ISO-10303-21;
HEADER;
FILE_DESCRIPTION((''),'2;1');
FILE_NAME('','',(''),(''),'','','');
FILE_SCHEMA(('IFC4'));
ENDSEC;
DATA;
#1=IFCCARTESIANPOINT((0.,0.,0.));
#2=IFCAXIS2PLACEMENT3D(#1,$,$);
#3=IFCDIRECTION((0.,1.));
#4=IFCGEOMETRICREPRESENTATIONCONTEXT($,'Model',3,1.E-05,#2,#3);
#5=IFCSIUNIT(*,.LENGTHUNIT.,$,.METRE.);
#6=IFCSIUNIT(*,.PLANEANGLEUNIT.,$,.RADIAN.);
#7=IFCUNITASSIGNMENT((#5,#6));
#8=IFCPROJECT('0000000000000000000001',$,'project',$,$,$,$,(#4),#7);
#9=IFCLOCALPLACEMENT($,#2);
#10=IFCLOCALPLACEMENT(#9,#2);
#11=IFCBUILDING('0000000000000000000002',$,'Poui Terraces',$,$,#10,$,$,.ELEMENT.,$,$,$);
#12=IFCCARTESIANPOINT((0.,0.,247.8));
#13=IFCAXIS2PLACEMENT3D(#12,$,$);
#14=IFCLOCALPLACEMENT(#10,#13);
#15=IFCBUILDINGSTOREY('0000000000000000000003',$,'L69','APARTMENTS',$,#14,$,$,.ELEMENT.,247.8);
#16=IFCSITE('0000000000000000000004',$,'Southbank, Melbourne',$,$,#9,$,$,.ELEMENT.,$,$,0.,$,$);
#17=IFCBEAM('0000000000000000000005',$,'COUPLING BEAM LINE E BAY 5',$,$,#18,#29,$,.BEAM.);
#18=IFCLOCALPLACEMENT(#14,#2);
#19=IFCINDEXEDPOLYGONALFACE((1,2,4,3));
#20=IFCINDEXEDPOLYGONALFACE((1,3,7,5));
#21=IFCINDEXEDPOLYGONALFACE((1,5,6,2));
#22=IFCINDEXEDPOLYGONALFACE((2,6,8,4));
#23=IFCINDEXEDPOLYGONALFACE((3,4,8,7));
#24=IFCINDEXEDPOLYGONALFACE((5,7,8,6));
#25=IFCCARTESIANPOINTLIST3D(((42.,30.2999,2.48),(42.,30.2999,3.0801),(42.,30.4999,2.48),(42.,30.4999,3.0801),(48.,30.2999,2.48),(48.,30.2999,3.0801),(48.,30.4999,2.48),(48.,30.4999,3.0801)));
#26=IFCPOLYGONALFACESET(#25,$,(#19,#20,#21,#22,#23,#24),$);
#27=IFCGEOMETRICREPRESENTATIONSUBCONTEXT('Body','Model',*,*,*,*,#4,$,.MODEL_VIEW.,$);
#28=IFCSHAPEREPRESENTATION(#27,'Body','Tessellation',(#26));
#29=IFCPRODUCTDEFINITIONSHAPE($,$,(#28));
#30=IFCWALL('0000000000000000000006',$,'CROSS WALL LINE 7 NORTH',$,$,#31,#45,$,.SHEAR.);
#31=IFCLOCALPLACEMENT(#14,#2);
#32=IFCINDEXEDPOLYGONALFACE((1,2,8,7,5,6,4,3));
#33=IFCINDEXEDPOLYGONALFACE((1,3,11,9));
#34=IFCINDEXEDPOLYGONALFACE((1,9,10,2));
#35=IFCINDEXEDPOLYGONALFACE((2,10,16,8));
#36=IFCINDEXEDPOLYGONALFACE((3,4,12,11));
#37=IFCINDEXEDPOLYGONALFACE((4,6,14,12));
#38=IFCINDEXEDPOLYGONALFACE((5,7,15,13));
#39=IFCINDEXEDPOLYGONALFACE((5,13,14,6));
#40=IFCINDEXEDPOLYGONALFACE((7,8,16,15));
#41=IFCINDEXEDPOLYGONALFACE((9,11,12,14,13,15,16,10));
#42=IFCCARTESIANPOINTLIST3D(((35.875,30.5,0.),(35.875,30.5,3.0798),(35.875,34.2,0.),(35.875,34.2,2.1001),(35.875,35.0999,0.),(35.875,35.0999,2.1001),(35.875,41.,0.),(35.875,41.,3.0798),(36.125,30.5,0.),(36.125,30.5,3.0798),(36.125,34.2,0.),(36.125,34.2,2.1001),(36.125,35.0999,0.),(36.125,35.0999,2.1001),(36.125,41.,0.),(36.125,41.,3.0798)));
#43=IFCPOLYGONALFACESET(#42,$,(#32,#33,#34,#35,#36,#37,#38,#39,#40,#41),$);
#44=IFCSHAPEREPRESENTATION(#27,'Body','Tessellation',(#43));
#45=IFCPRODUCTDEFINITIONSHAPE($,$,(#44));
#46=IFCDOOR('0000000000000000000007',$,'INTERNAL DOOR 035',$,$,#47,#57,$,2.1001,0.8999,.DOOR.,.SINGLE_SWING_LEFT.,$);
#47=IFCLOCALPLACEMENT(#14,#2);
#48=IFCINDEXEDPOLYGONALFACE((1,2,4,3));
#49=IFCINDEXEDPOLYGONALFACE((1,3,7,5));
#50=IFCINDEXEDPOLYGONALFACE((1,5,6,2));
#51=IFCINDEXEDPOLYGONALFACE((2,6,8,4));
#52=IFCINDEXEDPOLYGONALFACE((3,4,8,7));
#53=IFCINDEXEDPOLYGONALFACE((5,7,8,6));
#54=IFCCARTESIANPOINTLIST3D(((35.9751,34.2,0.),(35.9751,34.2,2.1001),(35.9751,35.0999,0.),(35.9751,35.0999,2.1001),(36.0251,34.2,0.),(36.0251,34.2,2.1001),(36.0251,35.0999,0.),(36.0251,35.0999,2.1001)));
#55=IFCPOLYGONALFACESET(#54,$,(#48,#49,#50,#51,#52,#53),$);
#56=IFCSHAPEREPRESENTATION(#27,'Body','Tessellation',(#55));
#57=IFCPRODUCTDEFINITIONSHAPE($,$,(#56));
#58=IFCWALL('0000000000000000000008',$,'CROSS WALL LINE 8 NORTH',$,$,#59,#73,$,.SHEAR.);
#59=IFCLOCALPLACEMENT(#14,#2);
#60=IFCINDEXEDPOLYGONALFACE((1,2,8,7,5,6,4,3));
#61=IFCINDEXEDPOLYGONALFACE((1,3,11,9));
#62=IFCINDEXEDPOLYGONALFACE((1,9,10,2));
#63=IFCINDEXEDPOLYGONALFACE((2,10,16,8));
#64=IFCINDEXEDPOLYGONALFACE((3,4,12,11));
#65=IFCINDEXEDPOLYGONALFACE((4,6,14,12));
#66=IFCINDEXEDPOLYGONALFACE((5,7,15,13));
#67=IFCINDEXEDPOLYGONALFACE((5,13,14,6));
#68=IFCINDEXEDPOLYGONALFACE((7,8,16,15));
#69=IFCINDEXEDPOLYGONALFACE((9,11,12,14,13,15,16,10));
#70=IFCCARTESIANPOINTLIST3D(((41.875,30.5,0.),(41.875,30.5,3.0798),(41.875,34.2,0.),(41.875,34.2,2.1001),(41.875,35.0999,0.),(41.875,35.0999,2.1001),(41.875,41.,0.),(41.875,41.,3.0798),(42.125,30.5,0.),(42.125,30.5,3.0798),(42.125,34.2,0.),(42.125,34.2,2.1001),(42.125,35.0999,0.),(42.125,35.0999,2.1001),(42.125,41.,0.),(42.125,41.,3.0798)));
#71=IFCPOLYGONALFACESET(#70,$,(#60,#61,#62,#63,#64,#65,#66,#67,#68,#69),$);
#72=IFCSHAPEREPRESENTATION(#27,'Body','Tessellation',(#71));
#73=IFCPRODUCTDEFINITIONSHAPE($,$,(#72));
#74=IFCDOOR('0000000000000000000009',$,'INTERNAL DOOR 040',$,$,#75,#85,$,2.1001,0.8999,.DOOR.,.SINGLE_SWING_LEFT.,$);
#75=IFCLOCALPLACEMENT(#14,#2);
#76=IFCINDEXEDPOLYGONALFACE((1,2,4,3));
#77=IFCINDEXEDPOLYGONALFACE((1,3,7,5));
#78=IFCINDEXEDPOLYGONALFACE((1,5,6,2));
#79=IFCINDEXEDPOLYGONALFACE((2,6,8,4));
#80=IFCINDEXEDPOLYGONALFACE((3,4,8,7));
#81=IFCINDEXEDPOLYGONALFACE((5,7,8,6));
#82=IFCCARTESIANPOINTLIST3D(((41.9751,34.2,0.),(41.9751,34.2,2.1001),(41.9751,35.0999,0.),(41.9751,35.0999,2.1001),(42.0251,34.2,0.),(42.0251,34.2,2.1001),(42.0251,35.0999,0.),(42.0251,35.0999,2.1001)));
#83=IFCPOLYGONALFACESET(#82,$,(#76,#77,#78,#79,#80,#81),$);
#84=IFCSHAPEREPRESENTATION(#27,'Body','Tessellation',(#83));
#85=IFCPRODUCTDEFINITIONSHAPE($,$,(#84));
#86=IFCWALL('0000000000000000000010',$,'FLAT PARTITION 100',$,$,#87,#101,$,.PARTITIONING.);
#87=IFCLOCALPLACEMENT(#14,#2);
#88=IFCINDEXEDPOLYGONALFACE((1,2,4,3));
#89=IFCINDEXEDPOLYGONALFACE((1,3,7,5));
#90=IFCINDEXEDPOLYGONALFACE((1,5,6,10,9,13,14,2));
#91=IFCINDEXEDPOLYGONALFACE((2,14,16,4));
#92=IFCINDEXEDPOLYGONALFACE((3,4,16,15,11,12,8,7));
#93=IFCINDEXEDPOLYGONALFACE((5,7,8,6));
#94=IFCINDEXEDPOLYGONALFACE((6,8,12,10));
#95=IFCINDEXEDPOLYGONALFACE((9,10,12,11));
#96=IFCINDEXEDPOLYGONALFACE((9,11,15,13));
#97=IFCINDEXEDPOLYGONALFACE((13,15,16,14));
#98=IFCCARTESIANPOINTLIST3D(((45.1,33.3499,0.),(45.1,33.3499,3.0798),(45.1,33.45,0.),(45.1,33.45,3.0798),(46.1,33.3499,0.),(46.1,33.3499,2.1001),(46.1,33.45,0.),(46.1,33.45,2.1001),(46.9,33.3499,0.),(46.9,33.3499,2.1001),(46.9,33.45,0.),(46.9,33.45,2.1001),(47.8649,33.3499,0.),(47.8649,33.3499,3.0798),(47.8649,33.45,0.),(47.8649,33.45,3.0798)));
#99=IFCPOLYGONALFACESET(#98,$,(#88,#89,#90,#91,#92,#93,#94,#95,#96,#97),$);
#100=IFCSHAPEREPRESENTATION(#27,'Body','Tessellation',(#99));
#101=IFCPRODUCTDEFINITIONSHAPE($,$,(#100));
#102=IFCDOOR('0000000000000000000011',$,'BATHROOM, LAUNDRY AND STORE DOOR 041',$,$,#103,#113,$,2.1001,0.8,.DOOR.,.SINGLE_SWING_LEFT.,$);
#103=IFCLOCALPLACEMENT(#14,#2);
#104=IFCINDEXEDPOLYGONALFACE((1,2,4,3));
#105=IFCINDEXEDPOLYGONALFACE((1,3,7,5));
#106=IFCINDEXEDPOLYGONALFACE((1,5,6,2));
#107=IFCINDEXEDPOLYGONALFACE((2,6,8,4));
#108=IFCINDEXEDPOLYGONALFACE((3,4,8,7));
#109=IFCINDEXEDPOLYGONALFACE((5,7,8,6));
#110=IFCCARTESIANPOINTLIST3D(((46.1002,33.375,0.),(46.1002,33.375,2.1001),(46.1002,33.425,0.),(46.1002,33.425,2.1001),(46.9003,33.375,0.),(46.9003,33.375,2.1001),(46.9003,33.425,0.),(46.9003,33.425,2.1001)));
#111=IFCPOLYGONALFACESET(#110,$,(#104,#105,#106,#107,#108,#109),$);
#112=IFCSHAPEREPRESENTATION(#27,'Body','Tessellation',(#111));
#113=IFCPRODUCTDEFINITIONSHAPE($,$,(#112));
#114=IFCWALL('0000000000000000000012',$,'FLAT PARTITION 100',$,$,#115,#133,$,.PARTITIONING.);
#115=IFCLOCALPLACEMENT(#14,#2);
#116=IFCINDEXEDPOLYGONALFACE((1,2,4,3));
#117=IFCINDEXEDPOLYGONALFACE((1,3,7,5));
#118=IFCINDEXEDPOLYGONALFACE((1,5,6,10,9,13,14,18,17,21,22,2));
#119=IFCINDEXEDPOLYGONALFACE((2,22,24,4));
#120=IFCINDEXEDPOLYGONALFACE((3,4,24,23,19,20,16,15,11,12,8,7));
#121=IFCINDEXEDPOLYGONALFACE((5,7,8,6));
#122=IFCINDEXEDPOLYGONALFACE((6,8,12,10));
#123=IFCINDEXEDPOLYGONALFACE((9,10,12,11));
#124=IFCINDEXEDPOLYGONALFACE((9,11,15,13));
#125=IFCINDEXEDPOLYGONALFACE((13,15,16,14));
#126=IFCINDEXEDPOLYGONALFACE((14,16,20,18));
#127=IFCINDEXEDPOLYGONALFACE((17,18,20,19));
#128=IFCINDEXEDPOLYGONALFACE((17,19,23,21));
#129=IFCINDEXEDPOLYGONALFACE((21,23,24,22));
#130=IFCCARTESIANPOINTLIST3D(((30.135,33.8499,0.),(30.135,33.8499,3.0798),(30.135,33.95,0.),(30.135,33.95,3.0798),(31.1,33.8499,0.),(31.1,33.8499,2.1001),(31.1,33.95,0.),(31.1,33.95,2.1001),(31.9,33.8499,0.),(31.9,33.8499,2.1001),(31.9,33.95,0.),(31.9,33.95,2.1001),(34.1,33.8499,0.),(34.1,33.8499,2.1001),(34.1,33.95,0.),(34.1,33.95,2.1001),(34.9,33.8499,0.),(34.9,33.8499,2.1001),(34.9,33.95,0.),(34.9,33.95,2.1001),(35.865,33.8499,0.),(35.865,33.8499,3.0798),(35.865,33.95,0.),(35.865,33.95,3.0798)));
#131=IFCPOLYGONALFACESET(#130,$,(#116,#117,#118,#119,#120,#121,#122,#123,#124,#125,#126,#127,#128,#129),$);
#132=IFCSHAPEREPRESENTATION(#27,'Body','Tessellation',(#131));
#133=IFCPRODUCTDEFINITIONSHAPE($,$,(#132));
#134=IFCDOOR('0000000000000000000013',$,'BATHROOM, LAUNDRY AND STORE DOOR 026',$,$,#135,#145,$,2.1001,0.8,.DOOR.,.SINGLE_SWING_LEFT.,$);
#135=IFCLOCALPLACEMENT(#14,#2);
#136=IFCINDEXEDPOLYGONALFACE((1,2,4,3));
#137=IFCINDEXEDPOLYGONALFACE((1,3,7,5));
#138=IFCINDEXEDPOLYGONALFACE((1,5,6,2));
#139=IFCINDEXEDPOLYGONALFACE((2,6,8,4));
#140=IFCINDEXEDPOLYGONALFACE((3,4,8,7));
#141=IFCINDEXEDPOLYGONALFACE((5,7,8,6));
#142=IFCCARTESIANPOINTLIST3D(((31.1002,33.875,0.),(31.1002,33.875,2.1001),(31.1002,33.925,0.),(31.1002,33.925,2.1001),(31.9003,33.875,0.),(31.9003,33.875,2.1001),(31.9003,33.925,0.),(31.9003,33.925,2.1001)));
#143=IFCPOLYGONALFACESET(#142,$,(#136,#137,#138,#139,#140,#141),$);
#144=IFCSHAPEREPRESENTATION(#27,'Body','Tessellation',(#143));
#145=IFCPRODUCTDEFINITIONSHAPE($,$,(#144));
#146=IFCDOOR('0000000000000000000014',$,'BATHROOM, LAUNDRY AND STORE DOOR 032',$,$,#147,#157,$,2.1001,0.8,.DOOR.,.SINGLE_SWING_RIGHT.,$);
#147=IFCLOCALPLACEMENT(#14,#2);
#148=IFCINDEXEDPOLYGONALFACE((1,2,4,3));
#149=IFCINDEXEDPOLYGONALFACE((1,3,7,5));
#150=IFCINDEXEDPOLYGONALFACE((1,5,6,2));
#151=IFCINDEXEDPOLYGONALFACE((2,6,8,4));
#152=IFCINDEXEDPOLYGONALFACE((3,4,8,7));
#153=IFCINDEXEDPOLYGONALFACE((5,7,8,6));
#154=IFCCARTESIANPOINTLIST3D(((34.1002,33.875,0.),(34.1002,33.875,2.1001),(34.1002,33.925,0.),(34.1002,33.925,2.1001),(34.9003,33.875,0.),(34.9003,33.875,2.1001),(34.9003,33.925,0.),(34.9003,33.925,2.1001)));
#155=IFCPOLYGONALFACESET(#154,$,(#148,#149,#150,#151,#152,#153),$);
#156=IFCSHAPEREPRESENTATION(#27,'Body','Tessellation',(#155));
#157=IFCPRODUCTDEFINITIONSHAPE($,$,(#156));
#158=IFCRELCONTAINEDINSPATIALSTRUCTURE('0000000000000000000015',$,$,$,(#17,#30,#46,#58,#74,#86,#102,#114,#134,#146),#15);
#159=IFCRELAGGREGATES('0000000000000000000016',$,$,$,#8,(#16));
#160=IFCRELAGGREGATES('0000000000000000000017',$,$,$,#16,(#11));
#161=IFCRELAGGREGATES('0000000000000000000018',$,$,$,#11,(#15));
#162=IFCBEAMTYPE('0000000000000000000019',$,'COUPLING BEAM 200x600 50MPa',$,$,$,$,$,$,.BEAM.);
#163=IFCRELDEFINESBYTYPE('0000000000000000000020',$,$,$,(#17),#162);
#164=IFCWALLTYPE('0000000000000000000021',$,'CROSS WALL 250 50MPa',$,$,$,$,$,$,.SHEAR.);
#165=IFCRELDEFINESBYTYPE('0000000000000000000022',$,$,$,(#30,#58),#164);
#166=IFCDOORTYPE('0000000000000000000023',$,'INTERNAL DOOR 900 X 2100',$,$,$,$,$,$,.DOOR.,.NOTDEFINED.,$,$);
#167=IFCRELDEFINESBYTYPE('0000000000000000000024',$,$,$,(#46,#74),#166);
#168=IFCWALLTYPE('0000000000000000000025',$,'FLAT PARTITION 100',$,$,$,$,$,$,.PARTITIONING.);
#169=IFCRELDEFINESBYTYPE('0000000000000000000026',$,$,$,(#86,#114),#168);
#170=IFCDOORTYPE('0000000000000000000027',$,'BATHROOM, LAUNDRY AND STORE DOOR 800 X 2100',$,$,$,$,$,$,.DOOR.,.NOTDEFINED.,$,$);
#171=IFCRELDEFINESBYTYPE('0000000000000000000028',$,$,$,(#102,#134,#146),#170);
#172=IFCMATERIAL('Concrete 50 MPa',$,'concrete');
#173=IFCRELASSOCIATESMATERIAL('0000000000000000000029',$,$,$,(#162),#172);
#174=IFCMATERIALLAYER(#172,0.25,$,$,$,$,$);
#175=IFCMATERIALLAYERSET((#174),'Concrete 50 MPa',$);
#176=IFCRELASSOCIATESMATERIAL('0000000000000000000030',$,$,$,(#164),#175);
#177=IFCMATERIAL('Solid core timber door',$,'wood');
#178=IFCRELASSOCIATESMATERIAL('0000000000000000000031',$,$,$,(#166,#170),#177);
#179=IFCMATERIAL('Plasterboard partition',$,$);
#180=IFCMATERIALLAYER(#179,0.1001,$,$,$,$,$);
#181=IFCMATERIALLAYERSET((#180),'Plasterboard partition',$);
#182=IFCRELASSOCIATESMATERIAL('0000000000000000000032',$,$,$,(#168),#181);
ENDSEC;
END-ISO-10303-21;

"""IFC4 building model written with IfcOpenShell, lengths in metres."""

from ifc_helpers import new_model, si_unit, direction, frame, frame_2d, origin, origin_2d, place, context, subcontext, project, spatial, rectangle, extrude, source, transform, mapped, material, layer, layer_set, material_profile, profile_set, type_object, element, fill, save


model = new_model("IFC4")

# Units and contexts
model_context = context("Model", 3, precision=1e-05, world=origin(), true_north=direction((0.0, 1.0)))
body_context = subcontext(model_context, "Body", "Model", "MODEL_VIEW")
ifc_project = project(units=[si_unit("LENGTHUNIT", "METRE"), si_unit("PLANEANGLEUNIT", "RADIAN")], contexts=[model_context])

# Site, building, storey
site_placement = place(None, origin())
site = spatial("IfcSite", under=ifc_project, at=site_placement, Name="Southbank, Melbourne", CompositionType="ELEMENT", RefElevation=0.0)
building_placement = place(site_placement, origin())
building = spatial("IfcBuilding", under=site, at=building_placement, Name="Poui Terraces", CompositionType="ELEMENT")
storey_placement = place(building_placement, frame((0.0, 0.0, 247.8)))
storey = spatial("IfcBuildingStorey", under=building, at=storey_placement, Name="L69", Description="APARTMENTS", CompositionType="ELEMENT", Elevation=247.8)

# Beam
ifc_material_1 = material(Name="Concrete 50 MPa", Category="concrete")
ifc_material_profile_1 = material_profile(ifc_material_1, rectangle(XDim=0.2, YDim=0.6001, at=origin_2d()), Name="RC 200x600")
ifc_profile_set_1 = profile_set([ifc_material_profile_1], Name="Concrete 50 MPa")
beam_type = type_object("IfcBeamType", Name="COUPLING BEAM 200x600 50MPa", PredefinedType="BEAM", material=ifc_profile_set_1)
shared_shape_1 = source(origin(), body_context, "Body", "SweptSolid", [
    extrude(rectangle(XDim=0.2, YDim=0.6001, at=origin_2d()), origin(), (0.0, 0.0, 1.0), 6.0),
])
beam_placement = place(storey_placement, frame((42.0, 30.3999, 2.78), z_axis=(1.0, 0.0, 0.0), x_axis=(0.0, 1.0, 0.0)))
element("IfcBeam", 1, at=beam_placement, inside=storey, type_object=beam_type, Name="COUPLING BEAM LINE E BAY 5", PredefinedType="BEAM", context=body_context, shape_type="MappedRepresentation", body=[
    mapped(shared_shape_1, transform((0.0, 0.0, 0.0))),
])

# Walls, openings, doors
ifc_layer_1 = layer(ifc_material_1, 0.25)
ifc_layer_set_1 = layer_set([ifc_layer_1], Name="Concrete 50 MPa")
wall_type_1 = type_object("IfcWallType", Name="CROSS WALL 250 50MPa", PredefinedType="SHEAR", material=ifc_layer_set_1)
wall_1_placement = place(storey_placement, frame((36.0, 30.5, 0.0), z_axis=(0.0, 0.0, 1.0), x_axis=(0.0, 1.0, 0.0)))
wall_1 = element("IfcWall", 2, at=wall_1_placement, inside=storey, type_object=wall_type_1, Name="CROSS WALL LINE 7 NORTH", PredefinedType="SHEAR", context=body_context, shape_type="SweptSolid", body=[
    extrude(rectangle(XDim=10.5, YDim=0.25, at=frame_2d((5.25, 0.0))), origin(), (0.0, 0.0, 1.0), 3.0798),
])
opening_1_placement = place(wall_1_placement, frame((3.7, 0.0, 0.0)))
opening_1 = element("IfcOpeningElement", 3, at=opening_1_placement, cuts=wall_1, PredefinedType="OPENING", context=body_context, shape_type="SweptSolid", body=[
    extrude(rectangle(XDim=0.8999, YDim=2.1001, at=frame_2d((0.45, 1.05))), frame((0.0, 0.135, 0.0), z_axis=(0.0, -1.0, 0.0), x_axis=(1.0, 0.0, 0.0)), (0.0, 0.0, 1.0), 0.27),
])
ifc_material_2 = material(Name="Solid core timber door", Category="wood")
door_type_1 = type_object("IfcDoorType", Name="INTERNAL DOOR 900 X 2100", OperationType="NOTDEFINED", PredefinedType="DOOR", material=ifc_material_2)
door_1_placement = place(opening_1_placement, origin())
door_1 = element("IfcDoor", 4, at=door_1_placement, inside=storey, type_object=door_type_1, Name="INTERNAL DOOR 035", OperationType="SINGLE_SWING_LEFT", OverallHeight=2.1001, OverallWidth=0.8999, PredefinedType="DOOR", context=body_context, shape_type="SweptSolid", body=[
    extrude(rectangle(XDim=0.8999, YDim=2.1001, at=frame_2d((0.45, 1.05))), frame((0.0, 0.0249, 0.0), z_axis=(0.0, -1.0, 0.0), x_axis=(1.0, 0.0, 0.0)), (0.0, 0.0, 1.0), 0.05),
])
fill(opening_1, door_1)
wall_2_placement = place(storey_placement, frame((42.0, 30.5, 0.0), z_axis=(0.0, 0.0, 1.0), x_axis=(0.0, 1.0, 0.0)))
wall_2 = element("IfcWall", 5, at=wall_2_placement, inside=storey, type_object=wall_type_1, Name="CROSS WALL LINE 8 NORTH", PredefinedType="SHEAR", context=body_context, shape_type="SweptSolid", body=[
    extrude(rectangle(XDim=10.5, YDim=0.25, at=frame_2d((5.25, 0.0))), origin(), (0.0, 0.0, 1.0), 3.0798),
])
opening_2_placement = place(wall_2_placement, frame((3.7, 0.0, 0.0)))
opening_2 = element("IfcOpeningElement", 6, at=opening_2_placement, cuts=wall_2, PredefinedType="OPENING", context=body_context, shape_type="SweptSolid", body=[
    extrude(rectangle(XDim=0.8999, YDim=2.1001, at=frame_2d((0.45, 1.05))), frame((0.0, 0.135, 0.0), z_axis=(0.0, -1.0, 0.0), x_axis=(1.0, 0.0, 0.0)), (0.0, 0.0, 1.0), 0.27),
])
door_2_placement = place(opening_2_placement, origin())
door_2 = element("IfcDoor", 7, at=door_2_placement, inside=storey, type_object=door_type_1, Name="INTERNAL DOOR 040", OperationType="SINGLE_SWING_LEFT", OverallHeight=2.1001, OverallWidth=0.8999, PredefinedType="DOOR", context=body_context, shape_type="SweptSolid", body=[
    extrude(rectangle(XDim=0.8999, YDim=2.1001, at=frame_2d((0.45, 1.05))), frame((0.0, 0.0249, 0.0), z_axis=(0.0, -1.0, 0.0), x_axis=(1.0, 0.0, 0.0)), (0.0, 0.0, 1.0), 0.05),
])
fill(opening_2, door_2)
ifc_material_3 = material(Name="Plasterboard partition")
ifc_layer_2 = layer(ifc_material_3, 0.1001)
ifc_layer_set_2 = layer_set([ifc_layer_2], Name="Plasterboard partition")
wall_type_2 = type_object("IfcWallType", Name="FLAT PARTITION 100", PredefinedType="PARTITIONING", material=ifc_layer_set_2)
wall_3_placement = place(storey_placement, frame((45.1001, 33.3999, 0.0), z_axis=(0.0, 0.0, 1.0), x_axis=(1.0, 0.0, 0.0)))
wall_3 = element("IfcWall", 8, at=wall_3_placement, inside=storey, type_object=wall_type_2, Name="FLAT PARTITION 100", PredefinedType="PARTITIONING", context=body_context, shape_type="SweptSolid", body=[
    extrude(rectangle(XDim=2.7649, YDim=0.1001, at=frame_2d((1.3823, 0.0))), origin(), (0.0, 0.0, 1.0), 3.0798),
])
opening_3_placement = place(wall_3_placement, frame((1.0, 0.0, 0.0)))
opening_3 = element("IfcOpeningElement", 9, at=opening_3_placement, cuts=wall_3, PredefinedType="OPENING", context=body_context, shape_type="SweptSolid", body=[
    extrude(rectangle(XDim=0.8, YDim=2.1001, at=frame_2d((0.3999, 1.05))), frame((0.0, 0.0601, 0.0), z_axis=(0.0, -1.0, 0.0), x_axis=(1.0, 0.0, 0.0)), (0.0, 0.0, 1.0), 0.1201),
])
door_type_2 = type_object("IfcDoorType", Name="BATHROOM, LAUNDRY AND STORE DOOR 800 X 2100", OperationType="NOTDEFINED", PredefinedType="DOOR", material=ifc_material_2)
door_3_placement = place(opening_3_placement, frame((0.8, 0.0, 0.0), z_axis=(0.0, 0.0, 1.0), x_axis=(-1.0, 0.0, 0.0)))
door_3 = element("IfcDoor", 10, at=door_3_placement, inside=storey, type_object=door_type_2, Name="BATHROOM, LAUNDRY AND STORE DOOR 041", OperationType="SINGLE_SWING_LEFT", OverallHeight=2.1001, OverallWidth=0.8, PredefinedType="DOOR", context=body_context, shape_type="SweptSolid", body=[
    extrude(rectangle(XDim=0.8, YDim=2.1001, at=frame_2d((0.3999, 1.05))), frame((0.0, 0.0249, 0.0), z_axis=(0.0, -1.0, 0.0), x_axis=(1.0, 0.0, 0.0)), (0.0, 0.0, 1.0), 0.05),
])
fill(opening_3, door_3)

# Wall, openings, doors
wall_4_placement = place(storey_placement, frame((30.135, 33.8999, 0.0), z_axis=(0.0, 0.0, 1.0), x_axis=(1.0, 0.0, 0.0)))
wall_4 = element("IfcWall", 11, at=wall_4_placement, inside=storey, type_object=wall_type_2, Name="FLAT PARTITION 100", PredefinedType="PARTITIONING", context=body_context, shape_type="SweptSolid", body=[
    extrude(rectangle(XDim=5.73, YDim=0.1001, at=frame_2d((2.865, 0.0))), origin(), (0.0, 0.0, 1.0), 3.0798),
])
opening_4_placement = place(wall_4_placement, frame((0.9651, 0.0, 0.0)))
opening_4 = element("IfcOpeningElement", 12, at=opening_4_placement, cuts=wall_4, PredefinedType="OPENING", context=body_context, shape_type="SweptSolid", body=[
    extrude(rectangle(XDim=0.8, YDim=2.1001, at=frame_2d((0.3999, 1.05))), frame((0.0, 0.0601, 0.0), z_axis=(0.0, -1.0, 0.0), x_axis=(1.0, 0.0, 0.0)), (0.0, 0.0, 1.0), 0.1201),
])
opening_5_placement = place(wall_4_placement, frame((3.9651, 0.0, 0.0)))
opening_5 = element("IfcOpeningElement", 13, at=opening_5_placement, cuts=wall_4, PredefinedType="OPENING", context=body_context, shape_type="SweptSolid", body=[
    extrude(rectangle(XDim=0.8, YDim=2.1001, at=frame_2d((0.3999, 1.05))), frame((0.0, 0.0601, 0.0), z_axis=(0.0, -1.0, 0.0), x_axis=(1.0, 0.0, 0.0)), (0.0, 0.0, 1.0), 0.1201),
])
door_4_placement = place(opening_4_placement, frame((0.8, 0.0, 0.0), z_axis=(0.0, 0.0, 1.0), x_axis=(-1.0, 0.0, 0.0)))
door_4 = element("IfcDoor", 14, at=door_4_placement, inside=storey, type_object=door_type_2, Name="BATHROOM, LAUNDRY AND STORE DOOR 026", OperationType="SINGLE_SWING_LEFT", OverallHeight=2.1001, OverallWidth=0.8, PredefinedType="DOOR", context=body_context, shape_type="SweptSolid", body=[
    extrude(rectangle(XDim=0.8, YDim=2.1001, at=frame_2d((0.3999, 1.05))), frame((0.0, 0.0249, 0.0), z_axis=(0.0, -1.0, 0.0), x_axis=(1.0, 0.0, 0.0)), (0.0, 0.0, 1.0), 0.05),
])
fill(opening_4, door_4)
door_5_placement = place(opening_5_placement, frame((0.8, 0.0, 0.0), z_axis=(0.0, 0.0, 1.0), x_axis=(-1.0, 0.0, 0.0)))
door_5 = element("IfcDoor", 15, at=door_5_placement, inside=storey, type_object=door_type_2, Name="BATHROOM, LAUNDRY AND STORE DOOR 032", OperationType="SINGLE_SWING_RIGHT", OverallHeight=2.1001, OverallWidth=0.8, PredefinedType="DOOR", context=body_context, shape_type="SweptSolid", body=[
    extrude(rectangle(XDim=0.8, YDim=2.1001, at=frame_2d((0.3999, 1.05))), frame((0.0, 0.0249, 0.0), z_axis=(0.0, -1.0, 0.0), x_axis=(1.0, 0.0, 0.0)), (0.0, 0.0, 1.0), 0.05),
])
fill(opening_5, door_5)

save(model, "model.ifc")
